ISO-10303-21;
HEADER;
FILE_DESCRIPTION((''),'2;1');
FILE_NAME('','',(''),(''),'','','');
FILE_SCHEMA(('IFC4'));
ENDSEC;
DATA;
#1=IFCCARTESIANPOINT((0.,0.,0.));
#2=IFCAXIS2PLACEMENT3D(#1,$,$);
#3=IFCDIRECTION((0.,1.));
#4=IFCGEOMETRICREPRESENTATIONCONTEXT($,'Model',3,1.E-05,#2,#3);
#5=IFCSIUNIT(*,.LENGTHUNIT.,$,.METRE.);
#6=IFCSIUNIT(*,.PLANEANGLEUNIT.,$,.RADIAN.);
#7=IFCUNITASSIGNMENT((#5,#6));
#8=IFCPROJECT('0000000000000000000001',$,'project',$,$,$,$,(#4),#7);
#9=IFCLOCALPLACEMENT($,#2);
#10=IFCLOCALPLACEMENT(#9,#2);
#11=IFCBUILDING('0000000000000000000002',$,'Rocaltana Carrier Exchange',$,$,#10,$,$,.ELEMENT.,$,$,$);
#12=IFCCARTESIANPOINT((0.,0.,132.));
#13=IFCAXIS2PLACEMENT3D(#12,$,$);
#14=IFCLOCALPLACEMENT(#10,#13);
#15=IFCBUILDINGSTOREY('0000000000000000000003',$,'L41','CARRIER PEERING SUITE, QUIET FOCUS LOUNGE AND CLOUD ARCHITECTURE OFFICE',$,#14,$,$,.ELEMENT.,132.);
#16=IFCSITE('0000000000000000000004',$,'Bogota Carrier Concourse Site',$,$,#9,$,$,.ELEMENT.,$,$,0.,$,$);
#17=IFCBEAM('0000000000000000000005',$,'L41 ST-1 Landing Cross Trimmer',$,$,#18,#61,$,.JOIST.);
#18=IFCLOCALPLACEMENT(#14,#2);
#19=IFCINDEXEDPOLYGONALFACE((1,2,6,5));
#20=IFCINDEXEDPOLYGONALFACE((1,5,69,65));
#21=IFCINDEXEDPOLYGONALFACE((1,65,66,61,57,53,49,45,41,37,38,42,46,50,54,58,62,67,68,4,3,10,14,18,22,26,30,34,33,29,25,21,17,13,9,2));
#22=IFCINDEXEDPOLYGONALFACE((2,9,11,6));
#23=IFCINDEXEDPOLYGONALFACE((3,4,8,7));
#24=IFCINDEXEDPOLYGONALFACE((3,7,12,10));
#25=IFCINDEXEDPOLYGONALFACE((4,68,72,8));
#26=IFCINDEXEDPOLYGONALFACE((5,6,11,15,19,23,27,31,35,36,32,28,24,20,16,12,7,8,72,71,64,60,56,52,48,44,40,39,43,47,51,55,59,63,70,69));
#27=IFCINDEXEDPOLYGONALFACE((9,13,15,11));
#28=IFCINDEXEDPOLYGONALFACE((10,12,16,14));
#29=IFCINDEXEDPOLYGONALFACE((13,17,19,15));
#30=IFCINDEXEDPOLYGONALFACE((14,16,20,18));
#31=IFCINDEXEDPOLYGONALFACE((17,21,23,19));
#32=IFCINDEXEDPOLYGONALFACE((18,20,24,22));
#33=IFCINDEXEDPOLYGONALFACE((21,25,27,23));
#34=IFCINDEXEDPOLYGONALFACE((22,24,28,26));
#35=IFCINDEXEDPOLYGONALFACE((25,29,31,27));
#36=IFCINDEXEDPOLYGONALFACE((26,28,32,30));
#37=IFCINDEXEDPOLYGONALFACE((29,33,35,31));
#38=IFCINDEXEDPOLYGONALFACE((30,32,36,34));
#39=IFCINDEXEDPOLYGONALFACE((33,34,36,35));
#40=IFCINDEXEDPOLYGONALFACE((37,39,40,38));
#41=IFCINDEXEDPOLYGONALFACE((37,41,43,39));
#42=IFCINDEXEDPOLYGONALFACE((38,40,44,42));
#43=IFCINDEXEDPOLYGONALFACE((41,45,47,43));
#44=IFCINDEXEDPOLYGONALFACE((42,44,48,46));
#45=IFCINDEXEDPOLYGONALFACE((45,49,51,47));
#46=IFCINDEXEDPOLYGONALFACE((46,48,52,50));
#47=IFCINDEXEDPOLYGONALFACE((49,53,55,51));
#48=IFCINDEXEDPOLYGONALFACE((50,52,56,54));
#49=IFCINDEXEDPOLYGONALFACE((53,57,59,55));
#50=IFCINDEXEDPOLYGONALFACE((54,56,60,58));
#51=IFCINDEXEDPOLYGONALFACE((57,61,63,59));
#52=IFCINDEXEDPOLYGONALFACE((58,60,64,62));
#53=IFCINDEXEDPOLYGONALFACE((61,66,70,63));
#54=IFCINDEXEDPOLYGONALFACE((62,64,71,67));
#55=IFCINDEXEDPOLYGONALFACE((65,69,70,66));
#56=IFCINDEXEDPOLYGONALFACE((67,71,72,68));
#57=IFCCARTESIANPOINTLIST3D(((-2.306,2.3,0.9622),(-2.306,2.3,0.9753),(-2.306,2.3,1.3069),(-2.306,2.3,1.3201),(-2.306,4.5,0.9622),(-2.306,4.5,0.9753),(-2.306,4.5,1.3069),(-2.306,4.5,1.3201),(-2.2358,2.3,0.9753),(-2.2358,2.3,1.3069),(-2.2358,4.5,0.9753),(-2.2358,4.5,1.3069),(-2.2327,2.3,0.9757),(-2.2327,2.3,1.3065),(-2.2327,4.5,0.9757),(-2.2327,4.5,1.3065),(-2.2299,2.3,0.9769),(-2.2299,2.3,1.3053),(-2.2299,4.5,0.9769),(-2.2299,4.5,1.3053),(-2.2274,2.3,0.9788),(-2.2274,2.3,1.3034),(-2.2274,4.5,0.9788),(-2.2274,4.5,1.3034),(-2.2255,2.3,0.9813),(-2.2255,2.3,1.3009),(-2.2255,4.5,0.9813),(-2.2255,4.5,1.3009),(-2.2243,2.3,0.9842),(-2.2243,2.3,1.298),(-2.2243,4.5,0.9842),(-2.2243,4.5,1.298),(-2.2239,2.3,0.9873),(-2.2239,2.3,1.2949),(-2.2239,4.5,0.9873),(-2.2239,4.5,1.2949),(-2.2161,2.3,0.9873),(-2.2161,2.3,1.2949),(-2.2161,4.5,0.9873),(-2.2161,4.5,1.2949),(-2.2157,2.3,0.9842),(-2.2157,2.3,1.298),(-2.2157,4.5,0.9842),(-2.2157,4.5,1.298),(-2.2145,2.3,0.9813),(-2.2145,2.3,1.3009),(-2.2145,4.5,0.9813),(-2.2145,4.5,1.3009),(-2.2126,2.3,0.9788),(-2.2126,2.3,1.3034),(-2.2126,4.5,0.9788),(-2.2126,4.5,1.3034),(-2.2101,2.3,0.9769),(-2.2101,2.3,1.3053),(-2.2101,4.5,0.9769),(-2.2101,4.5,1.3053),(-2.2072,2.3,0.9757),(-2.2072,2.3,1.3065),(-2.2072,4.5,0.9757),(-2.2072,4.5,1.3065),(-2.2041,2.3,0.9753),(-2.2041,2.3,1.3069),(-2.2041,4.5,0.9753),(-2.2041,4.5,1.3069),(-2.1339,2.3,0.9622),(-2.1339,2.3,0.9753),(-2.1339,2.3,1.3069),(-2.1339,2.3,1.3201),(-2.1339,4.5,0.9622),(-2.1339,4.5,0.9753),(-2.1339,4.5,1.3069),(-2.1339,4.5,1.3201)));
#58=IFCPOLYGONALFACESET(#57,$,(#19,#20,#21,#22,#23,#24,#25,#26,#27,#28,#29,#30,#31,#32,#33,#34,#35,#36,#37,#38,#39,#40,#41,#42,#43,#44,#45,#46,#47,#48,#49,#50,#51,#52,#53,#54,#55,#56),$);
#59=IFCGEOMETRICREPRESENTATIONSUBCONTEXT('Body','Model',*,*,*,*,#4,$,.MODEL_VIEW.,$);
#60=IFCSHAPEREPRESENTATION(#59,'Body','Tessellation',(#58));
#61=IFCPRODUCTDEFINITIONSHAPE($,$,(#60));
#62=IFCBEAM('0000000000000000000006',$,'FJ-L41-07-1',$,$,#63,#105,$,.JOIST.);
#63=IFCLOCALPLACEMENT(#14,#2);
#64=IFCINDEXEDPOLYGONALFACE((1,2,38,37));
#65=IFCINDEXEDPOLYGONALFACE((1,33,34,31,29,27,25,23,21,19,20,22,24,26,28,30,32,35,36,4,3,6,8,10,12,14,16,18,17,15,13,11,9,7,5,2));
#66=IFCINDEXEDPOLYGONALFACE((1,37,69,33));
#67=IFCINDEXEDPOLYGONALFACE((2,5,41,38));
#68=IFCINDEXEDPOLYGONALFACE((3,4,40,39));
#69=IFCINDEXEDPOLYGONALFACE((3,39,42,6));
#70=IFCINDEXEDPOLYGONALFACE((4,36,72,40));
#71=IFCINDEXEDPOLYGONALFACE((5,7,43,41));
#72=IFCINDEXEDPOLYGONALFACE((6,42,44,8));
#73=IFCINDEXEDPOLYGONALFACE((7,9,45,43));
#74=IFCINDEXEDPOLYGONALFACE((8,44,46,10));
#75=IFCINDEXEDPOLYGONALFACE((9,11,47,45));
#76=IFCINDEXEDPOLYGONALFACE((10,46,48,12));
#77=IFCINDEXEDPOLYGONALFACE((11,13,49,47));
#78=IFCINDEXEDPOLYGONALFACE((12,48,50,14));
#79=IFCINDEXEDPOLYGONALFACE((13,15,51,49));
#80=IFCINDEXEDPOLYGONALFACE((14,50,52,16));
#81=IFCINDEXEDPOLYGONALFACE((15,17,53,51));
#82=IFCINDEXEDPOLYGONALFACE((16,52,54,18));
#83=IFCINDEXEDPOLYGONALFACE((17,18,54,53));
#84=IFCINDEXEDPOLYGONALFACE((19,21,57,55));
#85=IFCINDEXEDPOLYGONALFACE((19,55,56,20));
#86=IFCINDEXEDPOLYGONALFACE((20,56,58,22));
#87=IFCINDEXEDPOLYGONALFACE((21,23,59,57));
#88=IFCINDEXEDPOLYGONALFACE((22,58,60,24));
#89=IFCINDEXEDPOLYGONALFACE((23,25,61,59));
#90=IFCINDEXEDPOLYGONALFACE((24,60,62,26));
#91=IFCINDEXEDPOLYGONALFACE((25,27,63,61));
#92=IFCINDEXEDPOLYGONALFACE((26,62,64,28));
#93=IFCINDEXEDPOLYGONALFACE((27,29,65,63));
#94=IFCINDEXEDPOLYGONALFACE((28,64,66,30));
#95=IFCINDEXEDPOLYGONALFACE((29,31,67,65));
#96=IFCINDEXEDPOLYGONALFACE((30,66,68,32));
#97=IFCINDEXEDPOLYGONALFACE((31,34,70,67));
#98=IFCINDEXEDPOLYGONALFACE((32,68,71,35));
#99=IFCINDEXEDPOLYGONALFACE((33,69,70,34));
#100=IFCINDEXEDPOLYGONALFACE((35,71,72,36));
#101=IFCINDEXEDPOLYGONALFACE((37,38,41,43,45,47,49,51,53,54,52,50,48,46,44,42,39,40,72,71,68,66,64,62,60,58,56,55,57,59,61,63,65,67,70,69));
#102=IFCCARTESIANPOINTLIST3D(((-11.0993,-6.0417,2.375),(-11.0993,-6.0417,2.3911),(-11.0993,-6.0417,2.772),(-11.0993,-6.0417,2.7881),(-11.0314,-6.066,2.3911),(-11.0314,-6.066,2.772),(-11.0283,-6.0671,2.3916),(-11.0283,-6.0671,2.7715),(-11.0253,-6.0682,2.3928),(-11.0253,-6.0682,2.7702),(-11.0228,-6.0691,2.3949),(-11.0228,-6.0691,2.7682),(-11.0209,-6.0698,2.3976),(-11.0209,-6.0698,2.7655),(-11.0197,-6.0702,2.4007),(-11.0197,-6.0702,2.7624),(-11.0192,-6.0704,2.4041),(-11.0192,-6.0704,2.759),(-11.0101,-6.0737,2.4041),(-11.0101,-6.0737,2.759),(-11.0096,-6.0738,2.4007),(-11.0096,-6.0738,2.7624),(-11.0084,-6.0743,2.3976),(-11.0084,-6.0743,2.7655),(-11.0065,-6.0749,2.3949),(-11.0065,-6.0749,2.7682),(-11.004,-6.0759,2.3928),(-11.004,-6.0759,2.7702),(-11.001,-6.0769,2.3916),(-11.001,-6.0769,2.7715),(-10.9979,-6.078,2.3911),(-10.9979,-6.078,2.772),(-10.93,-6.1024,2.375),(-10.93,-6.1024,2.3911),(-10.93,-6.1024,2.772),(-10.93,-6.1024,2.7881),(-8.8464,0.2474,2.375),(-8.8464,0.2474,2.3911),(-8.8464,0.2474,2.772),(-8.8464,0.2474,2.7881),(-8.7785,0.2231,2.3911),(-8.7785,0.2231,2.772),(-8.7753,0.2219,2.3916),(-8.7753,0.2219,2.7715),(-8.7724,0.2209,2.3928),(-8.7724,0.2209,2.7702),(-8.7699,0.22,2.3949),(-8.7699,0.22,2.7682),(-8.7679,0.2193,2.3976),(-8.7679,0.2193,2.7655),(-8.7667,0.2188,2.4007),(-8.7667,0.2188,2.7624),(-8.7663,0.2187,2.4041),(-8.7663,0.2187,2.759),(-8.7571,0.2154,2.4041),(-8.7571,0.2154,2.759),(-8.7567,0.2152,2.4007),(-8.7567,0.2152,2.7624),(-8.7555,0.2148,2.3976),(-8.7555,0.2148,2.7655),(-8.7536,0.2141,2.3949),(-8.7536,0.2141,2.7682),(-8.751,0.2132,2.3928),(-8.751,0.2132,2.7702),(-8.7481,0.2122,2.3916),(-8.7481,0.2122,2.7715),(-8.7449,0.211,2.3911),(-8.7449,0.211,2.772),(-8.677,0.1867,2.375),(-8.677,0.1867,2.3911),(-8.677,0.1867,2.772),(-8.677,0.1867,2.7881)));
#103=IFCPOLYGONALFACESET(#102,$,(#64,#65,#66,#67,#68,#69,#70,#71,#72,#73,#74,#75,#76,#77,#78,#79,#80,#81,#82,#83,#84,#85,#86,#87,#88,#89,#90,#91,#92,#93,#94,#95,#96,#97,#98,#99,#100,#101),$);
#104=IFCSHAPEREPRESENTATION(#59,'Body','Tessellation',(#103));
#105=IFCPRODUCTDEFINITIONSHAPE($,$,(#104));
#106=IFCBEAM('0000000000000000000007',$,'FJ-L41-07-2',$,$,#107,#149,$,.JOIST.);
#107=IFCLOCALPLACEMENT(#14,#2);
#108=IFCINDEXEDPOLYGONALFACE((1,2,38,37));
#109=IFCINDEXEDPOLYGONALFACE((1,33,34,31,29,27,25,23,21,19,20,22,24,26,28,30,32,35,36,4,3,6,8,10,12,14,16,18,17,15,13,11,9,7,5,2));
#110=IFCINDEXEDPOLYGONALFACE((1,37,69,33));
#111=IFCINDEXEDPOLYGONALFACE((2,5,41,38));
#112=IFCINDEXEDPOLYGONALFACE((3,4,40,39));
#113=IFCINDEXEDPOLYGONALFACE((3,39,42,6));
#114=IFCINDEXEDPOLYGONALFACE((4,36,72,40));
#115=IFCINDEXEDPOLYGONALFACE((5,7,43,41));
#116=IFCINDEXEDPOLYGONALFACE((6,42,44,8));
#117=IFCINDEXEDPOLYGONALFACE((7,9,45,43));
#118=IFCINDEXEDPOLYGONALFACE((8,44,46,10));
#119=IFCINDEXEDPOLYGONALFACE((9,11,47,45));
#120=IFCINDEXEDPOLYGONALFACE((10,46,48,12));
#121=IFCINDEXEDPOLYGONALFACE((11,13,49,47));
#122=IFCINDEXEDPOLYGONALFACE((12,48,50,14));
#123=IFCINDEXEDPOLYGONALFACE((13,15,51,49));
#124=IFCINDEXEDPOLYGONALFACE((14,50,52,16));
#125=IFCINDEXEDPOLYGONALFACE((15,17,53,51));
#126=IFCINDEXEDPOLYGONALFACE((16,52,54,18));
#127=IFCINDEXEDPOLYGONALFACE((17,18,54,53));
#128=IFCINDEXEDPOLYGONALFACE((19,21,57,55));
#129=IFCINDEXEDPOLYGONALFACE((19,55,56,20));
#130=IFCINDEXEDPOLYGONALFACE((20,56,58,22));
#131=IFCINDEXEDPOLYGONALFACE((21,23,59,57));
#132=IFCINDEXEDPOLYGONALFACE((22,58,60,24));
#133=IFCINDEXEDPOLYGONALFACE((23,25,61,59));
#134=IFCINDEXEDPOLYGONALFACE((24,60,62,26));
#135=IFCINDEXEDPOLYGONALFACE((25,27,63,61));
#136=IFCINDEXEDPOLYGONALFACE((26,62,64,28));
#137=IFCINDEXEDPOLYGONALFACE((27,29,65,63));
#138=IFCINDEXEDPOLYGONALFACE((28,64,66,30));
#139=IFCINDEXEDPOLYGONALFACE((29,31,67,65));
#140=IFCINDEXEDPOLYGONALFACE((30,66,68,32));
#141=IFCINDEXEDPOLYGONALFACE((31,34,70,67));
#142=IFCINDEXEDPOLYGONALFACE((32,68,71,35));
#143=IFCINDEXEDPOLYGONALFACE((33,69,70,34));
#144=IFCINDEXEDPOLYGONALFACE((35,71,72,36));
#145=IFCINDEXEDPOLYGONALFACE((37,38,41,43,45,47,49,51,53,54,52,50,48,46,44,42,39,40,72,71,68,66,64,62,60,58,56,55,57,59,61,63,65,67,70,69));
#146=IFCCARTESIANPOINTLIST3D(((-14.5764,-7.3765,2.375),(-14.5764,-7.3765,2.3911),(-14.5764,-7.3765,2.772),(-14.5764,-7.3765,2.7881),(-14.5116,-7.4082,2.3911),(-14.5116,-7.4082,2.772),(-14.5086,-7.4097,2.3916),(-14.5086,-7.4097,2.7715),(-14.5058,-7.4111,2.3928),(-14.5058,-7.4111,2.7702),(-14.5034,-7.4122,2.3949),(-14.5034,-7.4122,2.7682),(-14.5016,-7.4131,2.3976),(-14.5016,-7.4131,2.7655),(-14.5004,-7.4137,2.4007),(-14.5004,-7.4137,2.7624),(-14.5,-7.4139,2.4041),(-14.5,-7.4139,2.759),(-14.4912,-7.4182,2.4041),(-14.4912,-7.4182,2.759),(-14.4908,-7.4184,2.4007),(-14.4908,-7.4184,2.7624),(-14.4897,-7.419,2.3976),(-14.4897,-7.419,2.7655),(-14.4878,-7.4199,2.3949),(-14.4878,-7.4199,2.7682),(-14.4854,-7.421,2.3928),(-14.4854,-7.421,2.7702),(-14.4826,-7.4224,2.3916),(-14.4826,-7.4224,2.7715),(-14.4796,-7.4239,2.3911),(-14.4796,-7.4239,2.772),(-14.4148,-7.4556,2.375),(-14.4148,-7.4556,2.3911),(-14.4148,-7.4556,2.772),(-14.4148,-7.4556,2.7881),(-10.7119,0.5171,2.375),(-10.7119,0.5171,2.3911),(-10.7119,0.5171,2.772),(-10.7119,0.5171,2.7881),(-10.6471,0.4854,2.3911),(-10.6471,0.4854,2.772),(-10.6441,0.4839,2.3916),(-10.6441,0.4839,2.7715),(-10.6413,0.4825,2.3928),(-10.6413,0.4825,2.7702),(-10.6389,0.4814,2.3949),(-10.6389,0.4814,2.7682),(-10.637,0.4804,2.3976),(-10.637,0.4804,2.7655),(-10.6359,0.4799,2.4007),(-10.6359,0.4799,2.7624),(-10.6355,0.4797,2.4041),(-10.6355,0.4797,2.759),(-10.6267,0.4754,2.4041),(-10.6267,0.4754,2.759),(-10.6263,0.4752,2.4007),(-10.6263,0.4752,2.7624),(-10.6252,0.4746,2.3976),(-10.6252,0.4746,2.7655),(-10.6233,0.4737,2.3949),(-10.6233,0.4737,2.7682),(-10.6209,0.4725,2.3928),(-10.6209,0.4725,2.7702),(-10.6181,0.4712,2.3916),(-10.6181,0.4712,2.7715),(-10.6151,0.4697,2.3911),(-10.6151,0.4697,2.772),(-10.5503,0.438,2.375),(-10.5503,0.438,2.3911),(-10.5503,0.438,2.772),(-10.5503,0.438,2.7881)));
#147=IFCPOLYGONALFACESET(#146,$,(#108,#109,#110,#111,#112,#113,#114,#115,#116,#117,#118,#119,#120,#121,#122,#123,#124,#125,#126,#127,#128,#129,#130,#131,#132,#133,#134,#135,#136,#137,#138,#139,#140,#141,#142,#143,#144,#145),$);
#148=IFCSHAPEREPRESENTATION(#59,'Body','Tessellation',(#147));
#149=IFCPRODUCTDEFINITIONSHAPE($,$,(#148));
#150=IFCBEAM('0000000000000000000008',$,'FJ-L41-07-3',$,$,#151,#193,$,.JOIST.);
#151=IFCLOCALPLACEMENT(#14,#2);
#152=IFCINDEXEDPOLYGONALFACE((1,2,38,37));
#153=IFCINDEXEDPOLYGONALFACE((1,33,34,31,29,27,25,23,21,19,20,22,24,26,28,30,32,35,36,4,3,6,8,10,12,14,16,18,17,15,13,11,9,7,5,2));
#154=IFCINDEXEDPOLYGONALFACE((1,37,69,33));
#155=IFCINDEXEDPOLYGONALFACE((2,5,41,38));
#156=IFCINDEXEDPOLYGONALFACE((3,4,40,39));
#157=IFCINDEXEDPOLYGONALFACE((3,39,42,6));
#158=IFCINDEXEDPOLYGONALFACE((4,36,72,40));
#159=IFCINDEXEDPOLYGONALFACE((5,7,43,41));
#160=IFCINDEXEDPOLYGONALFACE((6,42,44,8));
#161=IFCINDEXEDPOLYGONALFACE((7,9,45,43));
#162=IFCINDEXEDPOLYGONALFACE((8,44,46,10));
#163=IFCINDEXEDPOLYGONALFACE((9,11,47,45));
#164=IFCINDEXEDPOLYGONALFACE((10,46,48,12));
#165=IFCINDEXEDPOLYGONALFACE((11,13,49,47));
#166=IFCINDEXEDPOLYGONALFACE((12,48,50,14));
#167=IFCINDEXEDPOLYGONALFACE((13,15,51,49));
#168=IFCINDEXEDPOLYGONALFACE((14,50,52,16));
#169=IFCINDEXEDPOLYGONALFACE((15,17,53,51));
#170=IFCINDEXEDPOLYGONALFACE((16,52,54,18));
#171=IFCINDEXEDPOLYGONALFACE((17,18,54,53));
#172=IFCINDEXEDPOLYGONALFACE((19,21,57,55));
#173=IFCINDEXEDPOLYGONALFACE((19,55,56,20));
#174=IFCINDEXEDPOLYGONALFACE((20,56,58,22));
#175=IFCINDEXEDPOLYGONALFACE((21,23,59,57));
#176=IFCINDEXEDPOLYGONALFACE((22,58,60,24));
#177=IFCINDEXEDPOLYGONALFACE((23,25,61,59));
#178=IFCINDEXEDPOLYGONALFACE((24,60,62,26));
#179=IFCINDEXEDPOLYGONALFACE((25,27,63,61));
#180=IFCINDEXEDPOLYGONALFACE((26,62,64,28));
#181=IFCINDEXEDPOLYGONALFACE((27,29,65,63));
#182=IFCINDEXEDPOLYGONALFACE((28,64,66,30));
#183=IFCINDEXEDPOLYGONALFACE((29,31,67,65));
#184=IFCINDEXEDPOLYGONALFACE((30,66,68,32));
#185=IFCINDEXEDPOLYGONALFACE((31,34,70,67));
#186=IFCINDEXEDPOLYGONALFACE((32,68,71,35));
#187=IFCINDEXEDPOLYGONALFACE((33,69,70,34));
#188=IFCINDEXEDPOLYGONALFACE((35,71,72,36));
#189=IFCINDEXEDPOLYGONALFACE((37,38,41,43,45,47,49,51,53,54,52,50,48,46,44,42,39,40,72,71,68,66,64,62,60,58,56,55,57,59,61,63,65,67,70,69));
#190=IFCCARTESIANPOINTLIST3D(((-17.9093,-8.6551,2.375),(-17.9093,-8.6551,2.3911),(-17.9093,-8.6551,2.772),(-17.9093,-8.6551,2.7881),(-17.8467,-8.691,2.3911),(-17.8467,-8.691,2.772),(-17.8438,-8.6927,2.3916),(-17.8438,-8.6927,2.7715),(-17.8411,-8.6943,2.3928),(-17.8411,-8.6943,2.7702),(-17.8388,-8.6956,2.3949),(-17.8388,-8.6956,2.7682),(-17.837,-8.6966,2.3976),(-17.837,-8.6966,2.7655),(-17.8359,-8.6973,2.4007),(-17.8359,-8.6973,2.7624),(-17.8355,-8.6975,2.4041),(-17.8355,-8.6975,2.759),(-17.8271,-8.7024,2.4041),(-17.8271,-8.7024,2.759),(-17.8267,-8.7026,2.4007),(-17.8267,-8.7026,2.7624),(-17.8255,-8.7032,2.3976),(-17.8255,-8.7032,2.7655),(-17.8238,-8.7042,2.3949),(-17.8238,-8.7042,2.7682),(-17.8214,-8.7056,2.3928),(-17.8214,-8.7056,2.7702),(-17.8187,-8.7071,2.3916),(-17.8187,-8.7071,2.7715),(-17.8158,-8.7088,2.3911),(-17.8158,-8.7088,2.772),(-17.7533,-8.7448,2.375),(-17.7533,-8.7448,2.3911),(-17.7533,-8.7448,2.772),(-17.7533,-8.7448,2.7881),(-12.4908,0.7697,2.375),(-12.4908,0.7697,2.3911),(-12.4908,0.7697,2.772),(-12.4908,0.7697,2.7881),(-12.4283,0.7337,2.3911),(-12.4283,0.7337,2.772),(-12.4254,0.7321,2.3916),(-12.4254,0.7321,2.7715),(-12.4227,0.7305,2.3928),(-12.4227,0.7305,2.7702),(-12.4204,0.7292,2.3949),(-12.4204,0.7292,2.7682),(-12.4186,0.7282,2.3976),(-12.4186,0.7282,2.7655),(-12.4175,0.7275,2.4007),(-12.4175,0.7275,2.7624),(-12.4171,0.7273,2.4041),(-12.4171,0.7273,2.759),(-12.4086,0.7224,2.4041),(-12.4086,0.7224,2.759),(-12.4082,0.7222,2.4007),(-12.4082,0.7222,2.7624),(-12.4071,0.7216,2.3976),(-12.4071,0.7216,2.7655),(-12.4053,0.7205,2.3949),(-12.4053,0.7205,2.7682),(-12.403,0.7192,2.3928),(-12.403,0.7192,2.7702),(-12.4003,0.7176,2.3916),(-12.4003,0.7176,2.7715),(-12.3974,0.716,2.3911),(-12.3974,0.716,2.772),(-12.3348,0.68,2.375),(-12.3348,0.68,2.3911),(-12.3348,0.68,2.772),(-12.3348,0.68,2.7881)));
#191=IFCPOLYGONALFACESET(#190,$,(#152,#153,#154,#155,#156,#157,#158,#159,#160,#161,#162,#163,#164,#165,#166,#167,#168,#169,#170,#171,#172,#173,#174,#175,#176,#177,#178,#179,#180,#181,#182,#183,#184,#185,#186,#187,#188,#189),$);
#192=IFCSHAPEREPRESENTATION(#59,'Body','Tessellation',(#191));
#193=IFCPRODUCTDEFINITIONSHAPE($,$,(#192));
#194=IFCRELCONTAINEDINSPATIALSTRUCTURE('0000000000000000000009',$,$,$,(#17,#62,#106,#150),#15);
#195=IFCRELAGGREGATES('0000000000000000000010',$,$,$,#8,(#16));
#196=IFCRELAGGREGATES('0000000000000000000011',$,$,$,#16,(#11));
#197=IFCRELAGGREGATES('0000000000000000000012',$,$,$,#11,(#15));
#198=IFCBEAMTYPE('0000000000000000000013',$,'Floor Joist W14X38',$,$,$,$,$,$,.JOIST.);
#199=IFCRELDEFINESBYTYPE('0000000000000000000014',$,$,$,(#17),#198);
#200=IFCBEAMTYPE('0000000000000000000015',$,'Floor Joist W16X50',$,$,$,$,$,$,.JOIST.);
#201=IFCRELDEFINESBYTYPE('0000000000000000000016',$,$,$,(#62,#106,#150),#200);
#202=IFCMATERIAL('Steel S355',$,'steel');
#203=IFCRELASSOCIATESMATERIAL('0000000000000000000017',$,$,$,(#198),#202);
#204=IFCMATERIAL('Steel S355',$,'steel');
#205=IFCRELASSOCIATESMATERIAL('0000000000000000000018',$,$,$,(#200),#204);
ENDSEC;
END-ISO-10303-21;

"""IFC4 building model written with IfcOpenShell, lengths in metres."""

from ifc_helpers import new_model, si_unit, direction, frame, origin, origin_2d, place, context, subcontext, project, spatial, i_section, extrude, material, material_profile, profile_set, type_object, element, save


model = new_model("IFC4")

# Units and contexts
model_context = context("Model", 3, precision=1e-05, world=origin(), true_north=direction((0.0, 1.0)))
body_context = subcontext(model_context, "Body", "Model", "MODEL_VIEW")
ifc_project = project(units=[si_unit("LENGTHUNIT", "METRE"), si_unit("PLANEANGLEUNIT", "RADIAN")], contexts=[model_context])

# Site, building, storey
site_placement = place(None, origin())
site = spatial("IfcSite", under=ifc_project, at=site_placement, Name="Bogota Carrier Concourse Site", CompositionType="ELEMENT", RefElevation=0.0)
building_placement = place(site_placement, origin())
building = spatial("IfcBuilding", under=site, at=building_placement, Name="Rocaltana Carrier Exchange", CompositionType="ELEMENT")
storey_placement = place(building_placement, frame((0.0, 0.0, 132.0)))
storey = spatial("IfcBuildingStorey", under=building, at=storey_placement, Name="L41", Description="CARRIER PEERING SUITE, QUIET FOCUS LOUNGE AND CLOUD ARCHITECTURE OFFICE", CompositionType="ELEMENT", Elevation=132.0)

# Beams
ifc_material_1 = material(Name="Steel S355", Category="steel")
ifc_material_profile_1 = material_profile(ifc_material_1, i_section(OverallWidth=0.1721, OverallDepth=0.3579, WebThickness=0.0078, FlangeThickness=0.0132, FilletRadius=0.012, at=origin_2d()), Name="W14X38")
ifc_profile_set_1 = profile_set([ifc_material_profile_1], Name="Steel S355")
beam_type_1 = type_object("IfcBeamType", Name="Floor Joist W14X38", PredefinedType="JOIST", material=ifc_profile_set_1)
beam_1_placement = place(storey_placement, frame((-2.22, 2.3, 1.1411), z_axis=(0.0, 1.0, 0.0), x_axis=(-1.0, 0.0, 0.0)))
element("IfcBeam", 1, at=beam_1_placement, inside=storey, type_object=beam_type_1, Name="L41 ST-1 Landing Cross Trimmer", PredefinedType="JOIST", context=body_context, shape_type="SweptSolid", body=[
    extrude(i_section(OverallWidth=0.1721, OverallDepth=0.3579, WebThickness=0.0078, FlangeThickness=0.0132, FilletRadius=0.012, at=origin_2d()), origin(), (0.0, 0.0, 1.0), 2.2),
])
ifc_material_2 = material(Name="Steel S355", Category="steel")
ifc_material_profile_2 = material_profile(ifc_material_2, i_section(OverallWidth=0.1799, OverallDepth=0.4131, WebThickness=0.0098, FlangeThickness=0.0161, FilletRadius=0.0129, at=origin_2d()), Name="W16X50")
ifc_profile_set_2 = profile_set([ifc_material_profile_2], Name="Steel S355")
beam_type_2 = type_object("IfcBeamType", Name="Floor Joist W16X50", PredefinedType="JOIST", material=ifc_profile_set_2)
beam_2_placement = place(storey_placement, frame((-8.7617, 0.217, 2.5815), z_axis=(-0.337244, -0.941417, 0.0), x_axis=(0.941417, -0.337244, 0.0)))
element("IfcBeam", 2, at=beam_2_placement, inside=storey, type_object=beam_type_2, Name="FJ-L41-07-1", PredefinedType="JOIST", context=body_context, shape_type="SweptSolid", body=[
    extrude(i_section(OverallWidth=0.1799, OverallDepth=0.4131, WebThickness=0.0098, FlangeThickness=0.0161, FilletRadius=0.0129, at=origin_2d()), origin(), (0.0, 0.0, 1.0), 6.6804),
])
beam_3_placement = place(storey_placement, frame((-10.6311, 0.4775, 2.5815), z_axis=(-0.439709, -0.89814, 0.0), x_axis=(0.89814, -0.439709, 0.0)))
element("IfcBeam", 3, at=beam_3_placement, inside=storey, type_object=beam_type_2, Name="FJ-L41-07-2", PredefinedType="JOIST", context=body_context, shape_type="SweptSolid", body=[
    extrude(i_section(OverallWidth=0.1799, OverallDepth=0.4131, WebThickness=0.0098, FlangeThickness=0.0161, FilletRadius=0.0129, at=origin_2d()), origin(), (0.0, 0.0, 1.0), 8.7888),
])
beam_4_placement = place(storey_placement, frame((-12.4128, 0.7249, 2.5815), z_axis=(-0.498415, -0.866938, 0.0), x_axis=(0.866938, -0.498415, 0.0)))
element("IfcBeam", 4, at=beam_4_placement, inside=storey, type_object=beam_type_2, Name="FJ-L41-07-3", PredefinedType="JOIST", context=body_context, shape_type="SweptSolid", body=[
    extrude(i_section(OverallWidth=0.1799, OverallDepth=0.4131, WebThickness=0.0098, FlangeThickness=0.0161, FilletRadius=0.0129, at=origin_2d()), origin(), (0.0, 0.0, 1.0), 10.8713),
])

save(model, "model.ifc")
